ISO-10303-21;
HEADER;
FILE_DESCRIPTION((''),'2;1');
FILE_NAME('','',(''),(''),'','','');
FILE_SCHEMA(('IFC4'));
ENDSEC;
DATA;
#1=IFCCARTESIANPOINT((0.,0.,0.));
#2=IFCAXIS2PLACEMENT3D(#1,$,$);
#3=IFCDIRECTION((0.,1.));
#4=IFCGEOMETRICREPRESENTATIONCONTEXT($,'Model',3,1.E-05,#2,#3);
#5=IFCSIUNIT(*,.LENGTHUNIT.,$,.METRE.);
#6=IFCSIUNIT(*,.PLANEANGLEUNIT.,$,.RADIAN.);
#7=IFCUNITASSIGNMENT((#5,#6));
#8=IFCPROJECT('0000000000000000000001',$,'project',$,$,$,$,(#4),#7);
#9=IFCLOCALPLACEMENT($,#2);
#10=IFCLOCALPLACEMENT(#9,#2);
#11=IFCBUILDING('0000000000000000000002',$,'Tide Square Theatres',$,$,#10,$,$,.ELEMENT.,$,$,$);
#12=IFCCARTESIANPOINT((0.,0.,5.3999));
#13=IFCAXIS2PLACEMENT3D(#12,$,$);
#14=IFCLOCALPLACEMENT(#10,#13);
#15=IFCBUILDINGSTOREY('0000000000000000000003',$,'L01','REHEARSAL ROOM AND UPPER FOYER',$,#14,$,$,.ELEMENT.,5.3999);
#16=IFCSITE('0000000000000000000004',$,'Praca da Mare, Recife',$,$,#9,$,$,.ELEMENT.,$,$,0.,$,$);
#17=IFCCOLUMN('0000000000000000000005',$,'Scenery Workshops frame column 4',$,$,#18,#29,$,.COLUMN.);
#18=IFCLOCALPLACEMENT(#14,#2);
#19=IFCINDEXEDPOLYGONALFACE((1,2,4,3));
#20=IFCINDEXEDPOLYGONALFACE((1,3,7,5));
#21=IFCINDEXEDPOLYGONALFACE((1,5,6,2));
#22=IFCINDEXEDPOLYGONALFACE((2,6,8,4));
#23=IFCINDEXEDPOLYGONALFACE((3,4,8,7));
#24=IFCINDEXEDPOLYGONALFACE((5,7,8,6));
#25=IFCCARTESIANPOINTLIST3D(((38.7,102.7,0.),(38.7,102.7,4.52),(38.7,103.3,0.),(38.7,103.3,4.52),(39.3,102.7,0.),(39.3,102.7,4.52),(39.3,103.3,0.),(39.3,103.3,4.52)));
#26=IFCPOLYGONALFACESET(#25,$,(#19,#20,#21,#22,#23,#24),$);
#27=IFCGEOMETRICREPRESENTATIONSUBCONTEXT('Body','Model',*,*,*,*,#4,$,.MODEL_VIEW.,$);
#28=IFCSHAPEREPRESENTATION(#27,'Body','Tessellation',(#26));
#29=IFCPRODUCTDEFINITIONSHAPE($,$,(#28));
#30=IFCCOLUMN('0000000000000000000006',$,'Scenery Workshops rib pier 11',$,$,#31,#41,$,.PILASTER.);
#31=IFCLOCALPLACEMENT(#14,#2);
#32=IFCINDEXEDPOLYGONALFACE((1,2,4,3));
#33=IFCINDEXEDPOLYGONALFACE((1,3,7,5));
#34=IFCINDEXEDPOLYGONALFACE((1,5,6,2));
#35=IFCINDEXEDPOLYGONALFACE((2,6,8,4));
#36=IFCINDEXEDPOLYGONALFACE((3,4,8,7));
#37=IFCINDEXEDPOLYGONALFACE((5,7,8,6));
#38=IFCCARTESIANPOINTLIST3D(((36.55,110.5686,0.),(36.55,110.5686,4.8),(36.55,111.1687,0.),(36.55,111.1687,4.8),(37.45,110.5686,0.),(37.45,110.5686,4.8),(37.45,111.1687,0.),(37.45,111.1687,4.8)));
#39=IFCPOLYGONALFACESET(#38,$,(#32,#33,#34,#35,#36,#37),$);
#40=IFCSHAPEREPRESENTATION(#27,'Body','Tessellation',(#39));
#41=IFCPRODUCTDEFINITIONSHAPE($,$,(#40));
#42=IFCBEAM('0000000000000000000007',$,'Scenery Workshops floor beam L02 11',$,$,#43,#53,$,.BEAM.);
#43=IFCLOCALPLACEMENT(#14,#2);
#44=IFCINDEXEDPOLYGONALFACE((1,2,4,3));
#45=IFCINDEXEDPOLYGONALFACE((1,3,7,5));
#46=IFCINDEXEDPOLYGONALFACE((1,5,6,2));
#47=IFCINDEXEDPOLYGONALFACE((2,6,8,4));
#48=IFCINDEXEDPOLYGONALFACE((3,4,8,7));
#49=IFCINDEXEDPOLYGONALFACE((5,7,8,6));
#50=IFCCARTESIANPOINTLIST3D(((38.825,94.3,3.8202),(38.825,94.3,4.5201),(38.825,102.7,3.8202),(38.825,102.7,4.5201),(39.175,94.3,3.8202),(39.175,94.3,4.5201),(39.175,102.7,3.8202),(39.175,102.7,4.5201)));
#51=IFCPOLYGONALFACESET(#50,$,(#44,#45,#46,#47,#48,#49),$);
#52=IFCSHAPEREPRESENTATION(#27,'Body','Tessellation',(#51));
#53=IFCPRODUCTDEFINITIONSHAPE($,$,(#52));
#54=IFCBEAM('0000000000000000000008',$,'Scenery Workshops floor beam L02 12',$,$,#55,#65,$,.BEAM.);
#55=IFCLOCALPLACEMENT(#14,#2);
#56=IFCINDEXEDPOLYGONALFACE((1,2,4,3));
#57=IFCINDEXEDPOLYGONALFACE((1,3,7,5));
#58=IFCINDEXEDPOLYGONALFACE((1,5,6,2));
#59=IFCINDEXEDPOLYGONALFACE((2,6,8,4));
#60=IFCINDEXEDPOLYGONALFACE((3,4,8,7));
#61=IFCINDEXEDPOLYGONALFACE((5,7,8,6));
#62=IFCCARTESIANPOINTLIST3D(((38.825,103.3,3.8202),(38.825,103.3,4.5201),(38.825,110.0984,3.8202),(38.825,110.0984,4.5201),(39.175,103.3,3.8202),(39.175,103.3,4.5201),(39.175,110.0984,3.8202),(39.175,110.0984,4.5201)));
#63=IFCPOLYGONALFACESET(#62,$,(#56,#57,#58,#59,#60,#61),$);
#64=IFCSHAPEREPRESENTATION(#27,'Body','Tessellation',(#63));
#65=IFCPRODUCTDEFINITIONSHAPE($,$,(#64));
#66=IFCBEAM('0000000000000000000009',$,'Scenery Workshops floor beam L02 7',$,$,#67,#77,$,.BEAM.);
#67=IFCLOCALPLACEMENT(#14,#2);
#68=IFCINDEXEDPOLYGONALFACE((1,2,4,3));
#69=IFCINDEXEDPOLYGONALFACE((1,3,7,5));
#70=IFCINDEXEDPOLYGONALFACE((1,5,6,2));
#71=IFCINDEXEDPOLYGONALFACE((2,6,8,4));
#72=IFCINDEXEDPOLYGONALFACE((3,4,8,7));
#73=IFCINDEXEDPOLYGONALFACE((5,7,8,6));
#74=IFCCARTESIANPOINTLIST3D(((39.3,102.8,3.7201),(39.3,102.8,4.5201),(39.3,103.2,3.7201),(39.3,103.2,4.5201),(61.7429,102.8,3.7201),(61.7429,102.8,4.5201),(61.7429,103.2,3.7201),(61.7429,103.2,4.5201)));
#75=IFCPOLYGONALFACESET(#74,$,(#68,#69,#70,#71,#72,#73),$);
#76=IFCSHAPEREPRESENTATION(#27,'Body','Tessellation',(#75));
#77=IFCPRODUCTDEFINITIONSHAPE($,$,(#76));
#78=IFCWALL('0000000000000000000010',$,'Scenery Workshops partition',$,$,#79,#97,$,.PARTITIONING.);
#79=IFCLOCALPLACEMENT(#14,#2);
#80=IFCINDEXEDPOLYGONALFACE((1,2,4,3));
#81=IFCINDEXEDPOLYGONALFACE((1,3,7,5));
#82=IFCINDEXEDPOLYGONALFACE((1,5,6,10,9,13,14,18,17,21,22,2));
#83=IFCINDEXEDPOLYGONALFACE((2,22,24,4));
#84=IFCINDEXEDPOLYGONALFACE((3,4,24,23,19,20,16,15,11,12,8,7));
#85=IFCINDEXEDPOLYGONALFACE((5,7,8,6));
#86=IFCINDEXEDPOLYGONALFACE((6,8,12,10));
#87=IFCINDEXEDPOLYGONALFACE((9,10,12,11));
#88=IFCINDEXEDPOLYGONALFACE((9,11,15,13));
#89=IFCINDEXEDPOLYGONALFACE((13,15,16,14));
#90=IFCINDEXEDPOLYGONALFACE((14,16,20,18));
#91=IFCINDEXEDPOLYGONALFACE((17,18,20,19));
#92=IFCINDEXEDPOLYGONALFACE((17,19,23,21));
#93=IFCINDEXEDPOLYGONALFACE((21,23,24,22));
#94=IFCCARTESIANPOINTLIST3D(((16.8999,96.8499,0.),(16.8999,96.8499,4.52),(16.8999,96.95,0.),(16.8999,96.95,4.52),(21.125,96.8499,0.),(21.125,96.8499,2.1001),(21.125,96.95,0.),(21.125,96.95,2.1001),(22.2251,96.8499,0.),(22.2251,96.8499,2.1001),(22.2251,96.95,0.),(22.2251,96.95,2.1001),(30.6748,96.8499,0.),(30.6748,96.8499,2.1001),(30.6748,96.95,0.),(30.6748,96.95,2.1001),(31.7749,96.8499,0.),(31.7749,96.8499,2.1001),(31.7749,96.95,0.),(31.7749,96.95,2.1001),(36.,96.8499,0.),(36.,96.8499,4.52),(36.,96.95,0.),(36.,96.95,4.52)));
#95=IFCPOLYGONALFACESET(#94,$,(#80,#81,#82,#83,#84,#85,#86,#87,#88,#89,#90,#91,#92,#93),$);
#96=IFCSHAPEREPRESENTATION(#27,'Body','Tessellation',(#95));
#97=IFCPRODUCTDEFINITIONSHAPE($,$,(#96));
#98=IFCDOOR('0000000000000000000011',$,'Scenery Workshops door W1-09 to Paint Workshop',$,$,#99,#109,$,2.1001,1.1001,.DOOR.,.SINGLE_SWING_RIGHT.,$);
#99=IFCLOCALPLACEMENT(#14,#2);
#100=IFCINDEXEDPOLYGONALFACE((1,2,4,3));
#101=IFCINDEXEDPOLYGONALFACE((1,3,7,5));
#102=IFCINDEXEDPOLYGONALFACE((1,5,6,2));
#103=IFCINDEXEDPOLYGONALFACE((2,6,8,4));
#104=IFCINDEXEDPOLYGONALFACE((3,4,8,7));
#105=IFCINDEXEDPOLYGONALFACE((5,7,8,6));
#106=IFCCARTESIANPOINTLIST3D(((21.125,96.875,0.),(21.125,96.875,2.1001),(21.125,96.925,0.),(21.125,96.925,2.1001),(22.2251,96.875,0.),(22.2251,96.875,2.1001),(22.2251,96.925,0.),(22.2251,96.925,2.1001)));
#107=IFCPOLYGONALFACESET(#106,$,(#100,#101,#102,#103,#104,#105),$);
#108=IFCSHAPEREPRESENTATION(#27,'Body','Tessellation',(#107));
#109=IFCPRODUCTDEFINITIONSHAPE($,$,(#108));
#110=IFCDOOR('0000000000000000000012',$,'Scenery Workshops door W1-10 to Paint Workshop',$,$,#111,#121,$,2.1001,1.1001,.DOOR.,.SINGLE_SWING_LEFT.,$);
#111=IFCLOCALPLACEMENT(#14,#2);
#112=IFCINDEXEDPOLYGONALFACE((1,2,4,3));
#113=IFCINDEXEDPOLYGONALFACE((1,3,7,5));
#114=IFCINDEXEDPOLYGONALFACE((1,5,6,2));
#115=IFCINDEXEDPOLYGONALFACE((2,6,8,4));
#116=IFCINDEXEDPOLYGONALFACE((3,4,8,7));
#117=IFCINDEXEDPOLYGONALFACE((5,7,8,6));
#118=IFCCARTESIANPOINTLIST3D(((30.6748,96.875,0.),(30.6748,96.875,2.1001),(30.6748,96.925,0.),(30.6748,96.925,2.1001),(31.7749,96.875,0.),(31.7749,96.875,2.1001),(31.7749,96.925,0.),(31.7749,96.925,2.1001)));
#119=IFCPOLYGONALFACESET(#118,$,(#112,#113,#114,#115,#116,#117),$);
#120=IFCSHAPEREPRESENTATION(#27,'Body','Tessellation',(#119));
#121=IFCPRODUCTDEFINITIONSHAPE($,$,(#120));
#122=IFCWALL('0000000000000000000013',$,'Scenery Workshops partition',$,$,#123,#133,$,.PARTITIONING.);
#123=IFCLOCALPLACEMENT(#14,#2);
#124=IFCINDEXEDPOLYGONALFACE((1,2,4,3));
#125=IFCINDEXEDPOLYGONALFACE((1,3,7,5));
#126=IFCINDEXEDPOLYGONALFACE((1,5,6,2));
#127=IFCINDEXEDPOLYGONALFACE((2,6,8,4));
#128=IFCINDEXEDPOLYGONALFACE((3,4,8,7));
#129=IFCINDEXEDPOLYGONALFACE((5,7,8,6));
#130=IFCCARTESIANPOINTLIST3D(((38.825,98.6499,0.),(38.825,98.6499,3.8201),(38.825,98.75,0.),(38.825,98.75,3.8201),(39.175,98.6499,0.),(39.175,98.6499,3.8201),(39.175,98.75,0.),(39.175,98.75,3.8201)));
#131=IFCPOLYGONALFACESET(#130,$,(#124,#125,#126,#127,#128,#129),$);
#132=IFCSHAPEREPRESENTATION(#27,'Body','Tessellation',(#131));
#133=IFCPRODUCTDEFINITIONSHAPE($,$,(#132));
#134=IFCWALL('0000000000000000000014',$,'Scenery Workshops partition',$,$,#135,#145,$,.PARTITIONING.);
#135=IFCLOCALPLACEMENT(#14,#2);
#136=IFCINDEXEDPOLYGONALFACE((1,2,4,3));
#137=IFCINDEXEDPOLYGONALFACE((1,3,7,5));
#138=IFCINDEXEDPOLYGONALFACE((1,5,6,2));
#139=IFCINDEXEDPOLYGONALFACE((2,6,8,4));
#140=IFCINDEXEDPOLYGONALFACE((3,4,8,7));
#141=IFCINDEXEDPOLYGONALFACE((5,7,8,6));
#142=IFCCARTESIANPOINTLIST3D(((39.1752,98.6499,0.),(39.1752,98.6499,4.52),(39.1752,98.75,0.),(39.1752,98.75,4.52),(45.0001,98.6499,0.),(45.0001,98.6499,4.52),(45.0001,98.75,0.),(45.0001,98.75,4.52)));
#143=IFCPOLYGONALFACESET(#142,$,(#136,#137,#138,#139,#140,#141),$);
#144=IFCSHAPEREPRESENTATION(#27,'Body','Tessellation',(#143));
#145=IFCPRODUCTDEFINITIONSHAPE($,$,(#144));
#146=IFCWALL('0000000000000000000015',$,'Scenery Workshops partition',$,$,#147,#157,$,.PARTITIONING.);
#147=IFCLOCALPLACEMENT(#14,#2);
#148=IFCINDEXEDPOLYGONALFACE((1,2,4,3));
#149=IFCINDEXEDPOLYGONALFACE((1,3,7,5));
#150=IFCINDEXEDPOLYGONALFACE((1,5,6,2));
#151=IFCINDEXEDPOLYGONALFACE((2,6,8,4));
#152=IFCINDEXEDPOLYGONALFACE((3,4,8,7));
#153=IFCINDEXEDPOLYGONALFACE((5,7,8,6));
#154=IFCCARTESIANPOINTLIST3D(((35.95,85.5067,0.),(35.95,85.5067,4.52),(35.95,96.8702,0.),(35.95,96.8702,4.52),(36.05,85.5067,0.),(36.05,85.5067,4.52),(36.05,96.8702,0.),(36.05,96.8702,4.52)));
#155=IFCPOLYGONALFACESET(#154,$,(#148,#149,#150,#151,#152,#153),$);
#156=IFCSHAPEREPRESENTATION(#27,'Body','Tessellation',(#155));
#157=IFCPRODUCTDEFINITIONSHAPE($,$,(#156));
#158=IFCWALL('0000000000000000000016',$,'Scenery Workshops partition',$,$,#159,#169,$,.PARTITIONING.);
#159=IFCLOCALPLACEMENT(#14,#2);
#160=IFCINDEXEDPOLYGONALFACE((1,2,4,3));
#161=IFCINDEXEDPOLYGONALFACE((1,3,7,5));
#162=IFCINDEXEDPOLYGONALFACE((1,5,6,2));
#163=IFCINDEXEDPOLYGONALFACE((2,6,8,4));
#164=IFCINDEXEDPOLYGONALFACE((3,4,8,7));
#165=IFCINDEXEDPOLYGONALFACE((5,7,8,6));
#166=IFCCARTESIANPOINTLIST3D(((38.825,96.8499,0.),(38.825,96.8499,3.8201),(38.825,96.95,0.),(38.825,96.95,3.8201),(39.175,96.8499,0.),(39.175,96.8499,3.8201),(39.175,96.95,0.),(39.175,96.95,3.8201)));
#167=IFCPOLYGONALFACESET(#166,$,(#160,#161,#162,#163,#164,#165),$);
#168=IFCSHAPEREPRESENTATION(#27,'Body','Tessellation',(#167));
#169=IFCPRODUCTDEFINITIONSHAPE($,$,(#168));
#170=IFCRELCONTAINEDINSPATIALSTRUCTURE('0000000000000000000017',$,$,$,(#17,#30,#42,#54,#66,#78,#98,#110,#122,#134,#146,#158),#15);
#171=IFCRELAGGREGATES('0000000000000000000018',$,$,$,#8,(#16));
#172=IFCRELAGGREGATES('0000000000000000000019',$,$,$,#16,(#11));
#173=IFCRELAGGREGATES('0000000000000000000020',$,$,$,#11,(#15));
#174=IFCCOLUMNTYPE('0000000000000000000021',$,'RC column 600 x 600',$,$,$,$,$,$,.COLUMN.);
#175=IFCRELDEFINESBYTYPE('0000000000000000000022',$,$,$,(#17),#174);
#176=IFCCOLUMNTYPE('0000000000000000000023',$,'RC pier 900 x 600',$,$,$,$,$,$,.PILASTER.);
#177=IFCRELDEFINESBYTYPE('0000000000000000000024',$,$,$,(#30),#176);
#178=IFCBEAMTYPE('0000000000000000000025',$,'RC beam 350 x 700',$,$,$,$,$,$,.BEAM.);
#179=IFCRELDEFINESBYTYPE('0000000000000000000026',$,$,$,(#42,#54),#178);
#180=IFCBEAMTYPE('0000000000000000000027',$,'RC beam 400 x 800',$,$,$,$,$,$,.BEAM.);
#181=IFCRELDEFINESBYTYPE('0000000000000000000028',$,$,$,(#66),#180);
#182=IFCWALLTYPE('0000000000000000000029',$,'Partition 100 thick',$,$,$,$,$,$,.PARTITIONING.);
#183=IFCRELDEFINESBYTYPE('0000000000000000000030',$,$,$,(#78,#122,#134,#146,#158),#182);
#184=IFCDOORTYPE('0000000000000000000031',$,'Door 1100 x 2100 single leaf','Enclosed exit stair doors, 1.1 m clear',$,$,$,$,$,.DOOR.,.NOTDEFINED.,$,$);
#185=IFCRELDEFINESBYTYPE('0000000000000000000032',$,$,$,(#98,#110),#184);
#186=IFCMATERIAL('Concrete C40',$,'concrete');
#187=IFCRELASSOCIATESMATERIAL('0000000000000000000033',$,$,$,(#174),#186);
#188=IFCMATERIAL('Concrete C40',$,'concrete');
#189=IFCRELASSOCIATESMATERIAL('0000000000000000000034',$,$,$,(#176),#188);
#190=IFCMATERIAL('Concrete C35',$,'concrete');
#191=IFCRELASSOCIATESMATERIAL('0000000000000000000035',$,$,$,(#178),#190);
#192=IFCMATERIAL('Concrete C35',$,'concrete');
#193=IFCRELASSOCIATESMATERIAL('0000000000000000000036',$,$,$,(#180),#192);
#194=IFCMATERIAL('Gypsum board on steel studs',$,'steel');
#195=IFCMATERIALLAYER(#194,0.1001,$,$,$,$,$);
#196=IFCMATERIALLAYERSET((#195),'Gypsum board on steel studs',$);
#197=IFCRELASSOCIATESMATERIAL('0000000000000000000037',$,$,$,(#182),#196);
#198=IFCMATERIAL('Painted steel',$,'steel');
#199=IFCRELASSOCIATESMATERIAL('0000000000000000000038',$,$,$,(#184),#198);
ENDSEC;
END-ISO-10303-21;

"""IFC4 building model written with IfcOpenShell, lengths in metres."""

from ifc_helpers import new_model, si_unit, direction, frame, frame_2d, origin, origin_2d, place, context, subcontext, project, spatial, rectangle, extrude, material, layer, layer_set, material_profile, profile_set, type_object, element, fill, save


model = new_model("IFC4")

# Units and contexts
model_context = context("Model", 3, precision=1e-05, world=origin(), true_north=direction((0.0, 1.0)))
body_context = subcontext(model_context, "Body", "Model", "MODEL_VIEW")
ifc_project = project(units=[si_unit("LENGTHUNIT", "METRE"), si_unit("PLANEANGLEUNIT", "RADIAN")], contexts=[model_context])

# Site, building, storey
site_placement = place(None, origin())
site = spatial("IfcSite", under=ifc_project, at=site_placement, Name="Praca da Mare, Recife", CompositionType="ELEMENT", RefElevation=0.0)
building_placement = place(site_placement, origin())
building = spatial("IfcBuilding", under=site, at=building_placement, Name="Tide Square Theatres", CompositionType="ELEMENT")
storey_placement = place(building_placement, frame((0.0, 0.0, 5.3999)))
storey = spatial("IfcBuildingStorey", under=building, at=storey_placement, Name="L01", Description="REHEARSAL ROOM AND UPPER FOYER", CompositionType="ELEMENT", Elevation=5.3999)

# Columns
ifc_material_1 = material(Name="Concrete C40", Category="concrete")
ifc_material_profile_1 = material_profile(ifc_material_1, rectangle(XDim=0.6001, YDim=0.6001, at=origin_2d()))
ifc_profile_set_1 = profile_set([ifc_material_profile_1], Name="Concrete C40")
column_type_1 = type_object("IfcColumnType", Name="RC column 600 x 600", PredefinedType="COLUMN", material=ifc_profile_set_1)
column_1_placement = place(storey_placement, frame((39.0, 103.0, 0.0), z_axis=(0.0, 0.0, 1.0), x_axis=(1.0, 0.0, 0.0)))
element("IfcColumn", 1, at=column_1_placement, inside=storey, type_object=column_type_1, Name="Scenery Workshops frame column 4", PredefinedType="COLUMN", context=body_context, shape_type="SweptSolid", body=[
    extrude(rectangle(XDim=0.6001, YDim=0.6001, at=origin_2d()), origin(), (0.0, 0.0, 1.0), 4.52),
])
ifc_material_2 = material(Name="Concrete C40", Category="concrete")
ifc_material_profile_2 = material_profile(ifc_material_2, rectangle(XDim=0.8999, YDim=0.6001, at=origin_2d()))
ifc_profile_set_2 = profile_set([ifc_material_profile_2], Name="Concrete C40")
column_type_2 = type_object("IfcColumnType", Name="RC pier 900 x 600", PredefinedType="PILASTER", material=ifc_profile_set_2)
column_2_placement = place(storey_placement, frame((37.0, 110.8687, 0.0), z_axis=(0.0, 0.0, 1.0), x_axis=(-1.0, 0.0, 0.0)))
element("IfcColumn", 2, at=column_2_placement, inside=storey, type_object=column_type_2, Name="Scenery Workshops rib pier 11", PredefinedType="PILASTER", context=body_context, shape_type="SweptSolid", body=[
    extrude(rectangle(XDim=0.8999, YDim=0.6001, at=origin_2d()), origin(), (0.0, 0.0, 1.0), 4.8),
])

# Beams
ifc_material_3 = material(Name="Concrete C35", Category="concrete")
ifc_material_profile_3 = material_profile(ifc_material_3, rectangle(XDim=0.3501, YDim=0.7, at=origin_2d()))
ifc_profile_set_3 = profile_set([ifc_material_profile_3], Name="Concrete C35")
beam_type_1 = type_object("IfcBeamType", Name="RC beam 350 x 700", PredefinedType="BEAM", material=ifc_profile_set_3)
beam_1_placement = place(storey_placement, frame((39.0, 94.3, 4.1702), z_axis=(0.0, 1.0, 0.0), x_axis=(-1.0, 0.0, 0.0)))
element("IfcBeam", 3, at=beam_1_placement, inside=storey, type_object=beam_type_1, Name="Scenery Workshops floor beam L02 11", PredefinedType="BEAM", context=body_context, shape_type="SweptSolid", body=[
    extrude(rectangle(XDim=0.3501, YDim=0.7, at=origin_2d()), origin(), (0.0, 0.0, 1.0), 8.3999),
])
beam_2_placement = place(storey_placement, frame((39.0, 103.3, 4.1702), z_axis=(0.0, 1.0, 0.0), x_axis=(-1.0, 0.0, 0.0)))
element("IfcBeam", 4, at=beam_2_placement, inside=storey, type_object=beam_type_1, Name="Scenery Workshops floor beam L02 12", PredefinedType="BEAM", context=body_context, shape_type="SweptSolid", body=[
    extrude(rectangle(XDim=0.3501, YDim=0.7, at=origin_2d()), origin(), (0.0, 0.0, 1.0), 6.7983),
])
ifc_material_4 = material(Name="Concrete C35", Category="concrete")
ifc_material_profile_4 = material_profile(ifc_material_4, rectangle(XDim=0.3999, YDim=0.8, at=origin_2d()))
ifc_profile_set_4 = profile_set([ifc_material_profile_4], Name="Concrete C35")
beam_type_2 = type_object("IfcBeamType", Name="RC beam 400 x 800", PredefinedType="BEAM", material=ifc_profile_set_4)
beam_3_placement = place(storey_placement, frame((39.3, 103.0, 4.1201), z_axis=(1.0, 0.0, 0.0), x_axis=(0.0, 1.0, 0.0)))
element("IfcBeam", 5, at=beam_3_placement, inside=storey, type_object=beam_type_2, Name="Scenery Workshops floor beam L02 7", PredefinedType="BEAM", context=body_context, shape_type="SweptSolid", body=[
    extrude(rectangle(XDim=0.3999, YDim=0.8, at=origin_2d()), origin(), (0.0, 0.0, 1.0), 22.4429),
])

# Wall, openings, doors
ifc_material_5 = material(Name="Gypsum board on steel studs", Category="steel")
ifc_layer_1 = layer(ifc_material_5, 0.1001)
ifc_layer_set_1 = layer_set([ifc_layer_1], Name="Gypsum board on steel studs")
wall_type_1 = type_object("IfcWallType", Name="Partition 100 thick", PredefinedType="PARTITIONING", material=ifc_layer_set_1)
wall_1_placement = place(storey_placement, frame((36.0, 96.8999, 0.0), z_axis=(0.0, 0.0, 1.0), x_axis=(-1.0, 0.0, 0.0)))
wall_1 = element("IfcWall", 6, at=wall_1_placement, inside=storey, type_object=wall_type_1, Name="Scenery Workshops partition", PredefinedType="PARTITIONING", context=body_context, shape_type="SweptSolid", body=[
    extrude(rectangle(XDim=19.1001, YDim=0.1001, at=frame_2d((9.55, 0.0))), origin(), (0.0, 0.0, 1.0), 4.52),
])
opening_1_placement = place(wall_1_placement, frame((13.7749, 0.0, 0.0)))
opening_1 = element("IfcOpeningElement", 7, at=opening_1_placement, cuts=wall_1, PredefinedType="OPENING", context=body_context, shape_type="SweptSolid", body=[
    extrude(rectangle(XDim=1.1001, YDim=2.1001, at=frame_2d((0.55, 1.05))), frame((0.0, 0.0601, 0.0), z_axis=(0.0, -1.0, 0.0), x_axis=(1.0, 0.0, 0.0)), (0.0, 0.0, 1.0), 0.1201),
])
opening_2_placement = place(wall_1_placement, frame((4.2251, 0.0, 0.0)))
opening_2 = element("IfcOpeningElement", 8, at=opening_2_placement, cuts=wall_1, PredefinedType="OPENING", context=body_context, shape_type="SweptSolid", body=[
    extrude(rectangle(XDim=1.1001, YDim=2.1001, at=frame_2d((0.55, 1.05))), frame((0.0, 0.0601, 0.0), z_axis=(0.0, -1.0, 0.0), x_axis=(1.0, 0.0, 0.0)), (0.0, 0.0, 1.0), 0.1201),
])
ifc_material_6 = material(Name="Painted steel", Category="steel")
door_type = type_object("IfcDoorType", Name="Door 1100 x 2100 single leaf", Description="Enclosed exit stair doors, 1.1 m clear", OperationType="NOTDEFINED", PredefinedType="DOOR", material=ifc_material_6)
door_1_placement = place(opening_1_placement, origin())
door_1 = element("IfcDoor", 9, at=door_1_placement, inside=storey, type_object=door_type, Name="Scenery Workshops door W1-09 to Paint Workshop", OperationType="SINGLE_SWING_RIGHT", OverallHeight=2.1001, OverallWidth=1.1001, PredefinedType="DOOR", context=body_context, shape_type="SweptSolid", body=[
    extrude(rectangle(XDim=1.1001, YDim=2.1001, at=frame_2d((0.55, 1.05))), frame((0.0, 0.0249, 0.0), z_axis=(0.0, -1.0, 0.0), x_axis=(1.0, 0.0, 0.0)), (0.0, 0.0, 1.0), 0.05),
])
fill(opening_1, door_1)
door_2_placement = place(opening_2_placement, origin())
door_2 = element("IfcDoor", 10, at=door_2_placement, inside=storey, type_object=door_type, Name="Scenery Workshops door W1-10 to Paint Workshop", OperationType="SINGLE_SWING_LEFT", OverallHeight=2.1001, OverallWidth=1.1001, PredefinedType="DOOR", context=body_context, shape_type="SweptSolid", body=[
    extrude(rectangle(XDim=1.1001, YDim=2.1001, at=frame_2d((0.55, 1.05))), frame((0.0, 0.0249, 0.0), z_axis=(0.0, -1.0, 0.0), x_axis=(1.0, 0.0, 0.0)), (0.0, 0.0, 1.0), 0.05),
])
fill(opening_2, door_2)

# Walls
wall_2_placement = place(storey_placement, frame((38.825, 98.7, 0.0), z_axis=(0.0, 0.0, 1.0), x_axis=(1.0, 0.0, 0.0)))
element("IfcWall", 11, at=wall_2_placement, inside=storey, type_object=wall_type_1, Name="Scenery Workshops partition", PredefinedType="PARTITIONING", context=body_context, shape_type="SweptSolid", body=[
    extrude(rectangle(XDim=0.3501, YDim=0.1001, at=frame_2d((0.175, 0.0))), origin(), (0.0, 0.0, 1.0), 3.8201),
])
wall_3_placement = place(storey_placement, frame((39.175, 98.7, 0.0), z_axis=(0.0, 0.0, 1.0), x_axis=(1.0, 0.0, 0.0)))
element("IfcWall", 12, at=wall_3_placement, inside=storey, type_object=wall_type_1, Name="Scenery Workshops partition", PredefinedType="PARTITIONING", context=body_context, shape_type="SweptSolid", body=[
    extrude(rectangle(XDim=5.825, YDim=0.1001, at=frame_2d((2.9126, 0.0))), origin(), (0.0, 0.0, 1.0), 4.52),
])
wall_4_placement = place(storey_placement, frame((36.0, 96.8701, 0.0), z_axis=(0.0, 0.0, 1.0), x_axis=(0.0, -1.0, 0.0)))
element("IfcWall", 13, at=wall_4_placement, inside=storey, type_object=wall_type_1, Name="Scenery Workshops partition", PredefinedType="PARTITIONING", context=body_context, shape_type="SweptSolid", body=[
    extrude(rectangle(XDim=11.3635, YDim=0.1001, at=frame_2d((5.6816, 0.0))), origin(), (0.0, 0.0, 1.0), 4.52),
])
wall_5_placement = place(storey_placement, frame((39.175, 96.8999, 0.0), z_axis=(0.0, 0.0, 1.0), x_axis=(-1.0, 0.0, 0.0)))
element("IfcWall", 14, at=wall_5_placement, inside=storey, type_object=wall_type_1, Name="Scenery Workshops partition", PredefinedType="PARTITIONING", context=body_context, shape_type="SweptSolid", body=[
    extrude(rectangle(XDim=0.3501, YDim=0.1001, at=frame_2d((0.175, 0.0))), origin(), (0.0, 0.0, 1.0), 3.8201),
])

save(model, "model.ifc")
